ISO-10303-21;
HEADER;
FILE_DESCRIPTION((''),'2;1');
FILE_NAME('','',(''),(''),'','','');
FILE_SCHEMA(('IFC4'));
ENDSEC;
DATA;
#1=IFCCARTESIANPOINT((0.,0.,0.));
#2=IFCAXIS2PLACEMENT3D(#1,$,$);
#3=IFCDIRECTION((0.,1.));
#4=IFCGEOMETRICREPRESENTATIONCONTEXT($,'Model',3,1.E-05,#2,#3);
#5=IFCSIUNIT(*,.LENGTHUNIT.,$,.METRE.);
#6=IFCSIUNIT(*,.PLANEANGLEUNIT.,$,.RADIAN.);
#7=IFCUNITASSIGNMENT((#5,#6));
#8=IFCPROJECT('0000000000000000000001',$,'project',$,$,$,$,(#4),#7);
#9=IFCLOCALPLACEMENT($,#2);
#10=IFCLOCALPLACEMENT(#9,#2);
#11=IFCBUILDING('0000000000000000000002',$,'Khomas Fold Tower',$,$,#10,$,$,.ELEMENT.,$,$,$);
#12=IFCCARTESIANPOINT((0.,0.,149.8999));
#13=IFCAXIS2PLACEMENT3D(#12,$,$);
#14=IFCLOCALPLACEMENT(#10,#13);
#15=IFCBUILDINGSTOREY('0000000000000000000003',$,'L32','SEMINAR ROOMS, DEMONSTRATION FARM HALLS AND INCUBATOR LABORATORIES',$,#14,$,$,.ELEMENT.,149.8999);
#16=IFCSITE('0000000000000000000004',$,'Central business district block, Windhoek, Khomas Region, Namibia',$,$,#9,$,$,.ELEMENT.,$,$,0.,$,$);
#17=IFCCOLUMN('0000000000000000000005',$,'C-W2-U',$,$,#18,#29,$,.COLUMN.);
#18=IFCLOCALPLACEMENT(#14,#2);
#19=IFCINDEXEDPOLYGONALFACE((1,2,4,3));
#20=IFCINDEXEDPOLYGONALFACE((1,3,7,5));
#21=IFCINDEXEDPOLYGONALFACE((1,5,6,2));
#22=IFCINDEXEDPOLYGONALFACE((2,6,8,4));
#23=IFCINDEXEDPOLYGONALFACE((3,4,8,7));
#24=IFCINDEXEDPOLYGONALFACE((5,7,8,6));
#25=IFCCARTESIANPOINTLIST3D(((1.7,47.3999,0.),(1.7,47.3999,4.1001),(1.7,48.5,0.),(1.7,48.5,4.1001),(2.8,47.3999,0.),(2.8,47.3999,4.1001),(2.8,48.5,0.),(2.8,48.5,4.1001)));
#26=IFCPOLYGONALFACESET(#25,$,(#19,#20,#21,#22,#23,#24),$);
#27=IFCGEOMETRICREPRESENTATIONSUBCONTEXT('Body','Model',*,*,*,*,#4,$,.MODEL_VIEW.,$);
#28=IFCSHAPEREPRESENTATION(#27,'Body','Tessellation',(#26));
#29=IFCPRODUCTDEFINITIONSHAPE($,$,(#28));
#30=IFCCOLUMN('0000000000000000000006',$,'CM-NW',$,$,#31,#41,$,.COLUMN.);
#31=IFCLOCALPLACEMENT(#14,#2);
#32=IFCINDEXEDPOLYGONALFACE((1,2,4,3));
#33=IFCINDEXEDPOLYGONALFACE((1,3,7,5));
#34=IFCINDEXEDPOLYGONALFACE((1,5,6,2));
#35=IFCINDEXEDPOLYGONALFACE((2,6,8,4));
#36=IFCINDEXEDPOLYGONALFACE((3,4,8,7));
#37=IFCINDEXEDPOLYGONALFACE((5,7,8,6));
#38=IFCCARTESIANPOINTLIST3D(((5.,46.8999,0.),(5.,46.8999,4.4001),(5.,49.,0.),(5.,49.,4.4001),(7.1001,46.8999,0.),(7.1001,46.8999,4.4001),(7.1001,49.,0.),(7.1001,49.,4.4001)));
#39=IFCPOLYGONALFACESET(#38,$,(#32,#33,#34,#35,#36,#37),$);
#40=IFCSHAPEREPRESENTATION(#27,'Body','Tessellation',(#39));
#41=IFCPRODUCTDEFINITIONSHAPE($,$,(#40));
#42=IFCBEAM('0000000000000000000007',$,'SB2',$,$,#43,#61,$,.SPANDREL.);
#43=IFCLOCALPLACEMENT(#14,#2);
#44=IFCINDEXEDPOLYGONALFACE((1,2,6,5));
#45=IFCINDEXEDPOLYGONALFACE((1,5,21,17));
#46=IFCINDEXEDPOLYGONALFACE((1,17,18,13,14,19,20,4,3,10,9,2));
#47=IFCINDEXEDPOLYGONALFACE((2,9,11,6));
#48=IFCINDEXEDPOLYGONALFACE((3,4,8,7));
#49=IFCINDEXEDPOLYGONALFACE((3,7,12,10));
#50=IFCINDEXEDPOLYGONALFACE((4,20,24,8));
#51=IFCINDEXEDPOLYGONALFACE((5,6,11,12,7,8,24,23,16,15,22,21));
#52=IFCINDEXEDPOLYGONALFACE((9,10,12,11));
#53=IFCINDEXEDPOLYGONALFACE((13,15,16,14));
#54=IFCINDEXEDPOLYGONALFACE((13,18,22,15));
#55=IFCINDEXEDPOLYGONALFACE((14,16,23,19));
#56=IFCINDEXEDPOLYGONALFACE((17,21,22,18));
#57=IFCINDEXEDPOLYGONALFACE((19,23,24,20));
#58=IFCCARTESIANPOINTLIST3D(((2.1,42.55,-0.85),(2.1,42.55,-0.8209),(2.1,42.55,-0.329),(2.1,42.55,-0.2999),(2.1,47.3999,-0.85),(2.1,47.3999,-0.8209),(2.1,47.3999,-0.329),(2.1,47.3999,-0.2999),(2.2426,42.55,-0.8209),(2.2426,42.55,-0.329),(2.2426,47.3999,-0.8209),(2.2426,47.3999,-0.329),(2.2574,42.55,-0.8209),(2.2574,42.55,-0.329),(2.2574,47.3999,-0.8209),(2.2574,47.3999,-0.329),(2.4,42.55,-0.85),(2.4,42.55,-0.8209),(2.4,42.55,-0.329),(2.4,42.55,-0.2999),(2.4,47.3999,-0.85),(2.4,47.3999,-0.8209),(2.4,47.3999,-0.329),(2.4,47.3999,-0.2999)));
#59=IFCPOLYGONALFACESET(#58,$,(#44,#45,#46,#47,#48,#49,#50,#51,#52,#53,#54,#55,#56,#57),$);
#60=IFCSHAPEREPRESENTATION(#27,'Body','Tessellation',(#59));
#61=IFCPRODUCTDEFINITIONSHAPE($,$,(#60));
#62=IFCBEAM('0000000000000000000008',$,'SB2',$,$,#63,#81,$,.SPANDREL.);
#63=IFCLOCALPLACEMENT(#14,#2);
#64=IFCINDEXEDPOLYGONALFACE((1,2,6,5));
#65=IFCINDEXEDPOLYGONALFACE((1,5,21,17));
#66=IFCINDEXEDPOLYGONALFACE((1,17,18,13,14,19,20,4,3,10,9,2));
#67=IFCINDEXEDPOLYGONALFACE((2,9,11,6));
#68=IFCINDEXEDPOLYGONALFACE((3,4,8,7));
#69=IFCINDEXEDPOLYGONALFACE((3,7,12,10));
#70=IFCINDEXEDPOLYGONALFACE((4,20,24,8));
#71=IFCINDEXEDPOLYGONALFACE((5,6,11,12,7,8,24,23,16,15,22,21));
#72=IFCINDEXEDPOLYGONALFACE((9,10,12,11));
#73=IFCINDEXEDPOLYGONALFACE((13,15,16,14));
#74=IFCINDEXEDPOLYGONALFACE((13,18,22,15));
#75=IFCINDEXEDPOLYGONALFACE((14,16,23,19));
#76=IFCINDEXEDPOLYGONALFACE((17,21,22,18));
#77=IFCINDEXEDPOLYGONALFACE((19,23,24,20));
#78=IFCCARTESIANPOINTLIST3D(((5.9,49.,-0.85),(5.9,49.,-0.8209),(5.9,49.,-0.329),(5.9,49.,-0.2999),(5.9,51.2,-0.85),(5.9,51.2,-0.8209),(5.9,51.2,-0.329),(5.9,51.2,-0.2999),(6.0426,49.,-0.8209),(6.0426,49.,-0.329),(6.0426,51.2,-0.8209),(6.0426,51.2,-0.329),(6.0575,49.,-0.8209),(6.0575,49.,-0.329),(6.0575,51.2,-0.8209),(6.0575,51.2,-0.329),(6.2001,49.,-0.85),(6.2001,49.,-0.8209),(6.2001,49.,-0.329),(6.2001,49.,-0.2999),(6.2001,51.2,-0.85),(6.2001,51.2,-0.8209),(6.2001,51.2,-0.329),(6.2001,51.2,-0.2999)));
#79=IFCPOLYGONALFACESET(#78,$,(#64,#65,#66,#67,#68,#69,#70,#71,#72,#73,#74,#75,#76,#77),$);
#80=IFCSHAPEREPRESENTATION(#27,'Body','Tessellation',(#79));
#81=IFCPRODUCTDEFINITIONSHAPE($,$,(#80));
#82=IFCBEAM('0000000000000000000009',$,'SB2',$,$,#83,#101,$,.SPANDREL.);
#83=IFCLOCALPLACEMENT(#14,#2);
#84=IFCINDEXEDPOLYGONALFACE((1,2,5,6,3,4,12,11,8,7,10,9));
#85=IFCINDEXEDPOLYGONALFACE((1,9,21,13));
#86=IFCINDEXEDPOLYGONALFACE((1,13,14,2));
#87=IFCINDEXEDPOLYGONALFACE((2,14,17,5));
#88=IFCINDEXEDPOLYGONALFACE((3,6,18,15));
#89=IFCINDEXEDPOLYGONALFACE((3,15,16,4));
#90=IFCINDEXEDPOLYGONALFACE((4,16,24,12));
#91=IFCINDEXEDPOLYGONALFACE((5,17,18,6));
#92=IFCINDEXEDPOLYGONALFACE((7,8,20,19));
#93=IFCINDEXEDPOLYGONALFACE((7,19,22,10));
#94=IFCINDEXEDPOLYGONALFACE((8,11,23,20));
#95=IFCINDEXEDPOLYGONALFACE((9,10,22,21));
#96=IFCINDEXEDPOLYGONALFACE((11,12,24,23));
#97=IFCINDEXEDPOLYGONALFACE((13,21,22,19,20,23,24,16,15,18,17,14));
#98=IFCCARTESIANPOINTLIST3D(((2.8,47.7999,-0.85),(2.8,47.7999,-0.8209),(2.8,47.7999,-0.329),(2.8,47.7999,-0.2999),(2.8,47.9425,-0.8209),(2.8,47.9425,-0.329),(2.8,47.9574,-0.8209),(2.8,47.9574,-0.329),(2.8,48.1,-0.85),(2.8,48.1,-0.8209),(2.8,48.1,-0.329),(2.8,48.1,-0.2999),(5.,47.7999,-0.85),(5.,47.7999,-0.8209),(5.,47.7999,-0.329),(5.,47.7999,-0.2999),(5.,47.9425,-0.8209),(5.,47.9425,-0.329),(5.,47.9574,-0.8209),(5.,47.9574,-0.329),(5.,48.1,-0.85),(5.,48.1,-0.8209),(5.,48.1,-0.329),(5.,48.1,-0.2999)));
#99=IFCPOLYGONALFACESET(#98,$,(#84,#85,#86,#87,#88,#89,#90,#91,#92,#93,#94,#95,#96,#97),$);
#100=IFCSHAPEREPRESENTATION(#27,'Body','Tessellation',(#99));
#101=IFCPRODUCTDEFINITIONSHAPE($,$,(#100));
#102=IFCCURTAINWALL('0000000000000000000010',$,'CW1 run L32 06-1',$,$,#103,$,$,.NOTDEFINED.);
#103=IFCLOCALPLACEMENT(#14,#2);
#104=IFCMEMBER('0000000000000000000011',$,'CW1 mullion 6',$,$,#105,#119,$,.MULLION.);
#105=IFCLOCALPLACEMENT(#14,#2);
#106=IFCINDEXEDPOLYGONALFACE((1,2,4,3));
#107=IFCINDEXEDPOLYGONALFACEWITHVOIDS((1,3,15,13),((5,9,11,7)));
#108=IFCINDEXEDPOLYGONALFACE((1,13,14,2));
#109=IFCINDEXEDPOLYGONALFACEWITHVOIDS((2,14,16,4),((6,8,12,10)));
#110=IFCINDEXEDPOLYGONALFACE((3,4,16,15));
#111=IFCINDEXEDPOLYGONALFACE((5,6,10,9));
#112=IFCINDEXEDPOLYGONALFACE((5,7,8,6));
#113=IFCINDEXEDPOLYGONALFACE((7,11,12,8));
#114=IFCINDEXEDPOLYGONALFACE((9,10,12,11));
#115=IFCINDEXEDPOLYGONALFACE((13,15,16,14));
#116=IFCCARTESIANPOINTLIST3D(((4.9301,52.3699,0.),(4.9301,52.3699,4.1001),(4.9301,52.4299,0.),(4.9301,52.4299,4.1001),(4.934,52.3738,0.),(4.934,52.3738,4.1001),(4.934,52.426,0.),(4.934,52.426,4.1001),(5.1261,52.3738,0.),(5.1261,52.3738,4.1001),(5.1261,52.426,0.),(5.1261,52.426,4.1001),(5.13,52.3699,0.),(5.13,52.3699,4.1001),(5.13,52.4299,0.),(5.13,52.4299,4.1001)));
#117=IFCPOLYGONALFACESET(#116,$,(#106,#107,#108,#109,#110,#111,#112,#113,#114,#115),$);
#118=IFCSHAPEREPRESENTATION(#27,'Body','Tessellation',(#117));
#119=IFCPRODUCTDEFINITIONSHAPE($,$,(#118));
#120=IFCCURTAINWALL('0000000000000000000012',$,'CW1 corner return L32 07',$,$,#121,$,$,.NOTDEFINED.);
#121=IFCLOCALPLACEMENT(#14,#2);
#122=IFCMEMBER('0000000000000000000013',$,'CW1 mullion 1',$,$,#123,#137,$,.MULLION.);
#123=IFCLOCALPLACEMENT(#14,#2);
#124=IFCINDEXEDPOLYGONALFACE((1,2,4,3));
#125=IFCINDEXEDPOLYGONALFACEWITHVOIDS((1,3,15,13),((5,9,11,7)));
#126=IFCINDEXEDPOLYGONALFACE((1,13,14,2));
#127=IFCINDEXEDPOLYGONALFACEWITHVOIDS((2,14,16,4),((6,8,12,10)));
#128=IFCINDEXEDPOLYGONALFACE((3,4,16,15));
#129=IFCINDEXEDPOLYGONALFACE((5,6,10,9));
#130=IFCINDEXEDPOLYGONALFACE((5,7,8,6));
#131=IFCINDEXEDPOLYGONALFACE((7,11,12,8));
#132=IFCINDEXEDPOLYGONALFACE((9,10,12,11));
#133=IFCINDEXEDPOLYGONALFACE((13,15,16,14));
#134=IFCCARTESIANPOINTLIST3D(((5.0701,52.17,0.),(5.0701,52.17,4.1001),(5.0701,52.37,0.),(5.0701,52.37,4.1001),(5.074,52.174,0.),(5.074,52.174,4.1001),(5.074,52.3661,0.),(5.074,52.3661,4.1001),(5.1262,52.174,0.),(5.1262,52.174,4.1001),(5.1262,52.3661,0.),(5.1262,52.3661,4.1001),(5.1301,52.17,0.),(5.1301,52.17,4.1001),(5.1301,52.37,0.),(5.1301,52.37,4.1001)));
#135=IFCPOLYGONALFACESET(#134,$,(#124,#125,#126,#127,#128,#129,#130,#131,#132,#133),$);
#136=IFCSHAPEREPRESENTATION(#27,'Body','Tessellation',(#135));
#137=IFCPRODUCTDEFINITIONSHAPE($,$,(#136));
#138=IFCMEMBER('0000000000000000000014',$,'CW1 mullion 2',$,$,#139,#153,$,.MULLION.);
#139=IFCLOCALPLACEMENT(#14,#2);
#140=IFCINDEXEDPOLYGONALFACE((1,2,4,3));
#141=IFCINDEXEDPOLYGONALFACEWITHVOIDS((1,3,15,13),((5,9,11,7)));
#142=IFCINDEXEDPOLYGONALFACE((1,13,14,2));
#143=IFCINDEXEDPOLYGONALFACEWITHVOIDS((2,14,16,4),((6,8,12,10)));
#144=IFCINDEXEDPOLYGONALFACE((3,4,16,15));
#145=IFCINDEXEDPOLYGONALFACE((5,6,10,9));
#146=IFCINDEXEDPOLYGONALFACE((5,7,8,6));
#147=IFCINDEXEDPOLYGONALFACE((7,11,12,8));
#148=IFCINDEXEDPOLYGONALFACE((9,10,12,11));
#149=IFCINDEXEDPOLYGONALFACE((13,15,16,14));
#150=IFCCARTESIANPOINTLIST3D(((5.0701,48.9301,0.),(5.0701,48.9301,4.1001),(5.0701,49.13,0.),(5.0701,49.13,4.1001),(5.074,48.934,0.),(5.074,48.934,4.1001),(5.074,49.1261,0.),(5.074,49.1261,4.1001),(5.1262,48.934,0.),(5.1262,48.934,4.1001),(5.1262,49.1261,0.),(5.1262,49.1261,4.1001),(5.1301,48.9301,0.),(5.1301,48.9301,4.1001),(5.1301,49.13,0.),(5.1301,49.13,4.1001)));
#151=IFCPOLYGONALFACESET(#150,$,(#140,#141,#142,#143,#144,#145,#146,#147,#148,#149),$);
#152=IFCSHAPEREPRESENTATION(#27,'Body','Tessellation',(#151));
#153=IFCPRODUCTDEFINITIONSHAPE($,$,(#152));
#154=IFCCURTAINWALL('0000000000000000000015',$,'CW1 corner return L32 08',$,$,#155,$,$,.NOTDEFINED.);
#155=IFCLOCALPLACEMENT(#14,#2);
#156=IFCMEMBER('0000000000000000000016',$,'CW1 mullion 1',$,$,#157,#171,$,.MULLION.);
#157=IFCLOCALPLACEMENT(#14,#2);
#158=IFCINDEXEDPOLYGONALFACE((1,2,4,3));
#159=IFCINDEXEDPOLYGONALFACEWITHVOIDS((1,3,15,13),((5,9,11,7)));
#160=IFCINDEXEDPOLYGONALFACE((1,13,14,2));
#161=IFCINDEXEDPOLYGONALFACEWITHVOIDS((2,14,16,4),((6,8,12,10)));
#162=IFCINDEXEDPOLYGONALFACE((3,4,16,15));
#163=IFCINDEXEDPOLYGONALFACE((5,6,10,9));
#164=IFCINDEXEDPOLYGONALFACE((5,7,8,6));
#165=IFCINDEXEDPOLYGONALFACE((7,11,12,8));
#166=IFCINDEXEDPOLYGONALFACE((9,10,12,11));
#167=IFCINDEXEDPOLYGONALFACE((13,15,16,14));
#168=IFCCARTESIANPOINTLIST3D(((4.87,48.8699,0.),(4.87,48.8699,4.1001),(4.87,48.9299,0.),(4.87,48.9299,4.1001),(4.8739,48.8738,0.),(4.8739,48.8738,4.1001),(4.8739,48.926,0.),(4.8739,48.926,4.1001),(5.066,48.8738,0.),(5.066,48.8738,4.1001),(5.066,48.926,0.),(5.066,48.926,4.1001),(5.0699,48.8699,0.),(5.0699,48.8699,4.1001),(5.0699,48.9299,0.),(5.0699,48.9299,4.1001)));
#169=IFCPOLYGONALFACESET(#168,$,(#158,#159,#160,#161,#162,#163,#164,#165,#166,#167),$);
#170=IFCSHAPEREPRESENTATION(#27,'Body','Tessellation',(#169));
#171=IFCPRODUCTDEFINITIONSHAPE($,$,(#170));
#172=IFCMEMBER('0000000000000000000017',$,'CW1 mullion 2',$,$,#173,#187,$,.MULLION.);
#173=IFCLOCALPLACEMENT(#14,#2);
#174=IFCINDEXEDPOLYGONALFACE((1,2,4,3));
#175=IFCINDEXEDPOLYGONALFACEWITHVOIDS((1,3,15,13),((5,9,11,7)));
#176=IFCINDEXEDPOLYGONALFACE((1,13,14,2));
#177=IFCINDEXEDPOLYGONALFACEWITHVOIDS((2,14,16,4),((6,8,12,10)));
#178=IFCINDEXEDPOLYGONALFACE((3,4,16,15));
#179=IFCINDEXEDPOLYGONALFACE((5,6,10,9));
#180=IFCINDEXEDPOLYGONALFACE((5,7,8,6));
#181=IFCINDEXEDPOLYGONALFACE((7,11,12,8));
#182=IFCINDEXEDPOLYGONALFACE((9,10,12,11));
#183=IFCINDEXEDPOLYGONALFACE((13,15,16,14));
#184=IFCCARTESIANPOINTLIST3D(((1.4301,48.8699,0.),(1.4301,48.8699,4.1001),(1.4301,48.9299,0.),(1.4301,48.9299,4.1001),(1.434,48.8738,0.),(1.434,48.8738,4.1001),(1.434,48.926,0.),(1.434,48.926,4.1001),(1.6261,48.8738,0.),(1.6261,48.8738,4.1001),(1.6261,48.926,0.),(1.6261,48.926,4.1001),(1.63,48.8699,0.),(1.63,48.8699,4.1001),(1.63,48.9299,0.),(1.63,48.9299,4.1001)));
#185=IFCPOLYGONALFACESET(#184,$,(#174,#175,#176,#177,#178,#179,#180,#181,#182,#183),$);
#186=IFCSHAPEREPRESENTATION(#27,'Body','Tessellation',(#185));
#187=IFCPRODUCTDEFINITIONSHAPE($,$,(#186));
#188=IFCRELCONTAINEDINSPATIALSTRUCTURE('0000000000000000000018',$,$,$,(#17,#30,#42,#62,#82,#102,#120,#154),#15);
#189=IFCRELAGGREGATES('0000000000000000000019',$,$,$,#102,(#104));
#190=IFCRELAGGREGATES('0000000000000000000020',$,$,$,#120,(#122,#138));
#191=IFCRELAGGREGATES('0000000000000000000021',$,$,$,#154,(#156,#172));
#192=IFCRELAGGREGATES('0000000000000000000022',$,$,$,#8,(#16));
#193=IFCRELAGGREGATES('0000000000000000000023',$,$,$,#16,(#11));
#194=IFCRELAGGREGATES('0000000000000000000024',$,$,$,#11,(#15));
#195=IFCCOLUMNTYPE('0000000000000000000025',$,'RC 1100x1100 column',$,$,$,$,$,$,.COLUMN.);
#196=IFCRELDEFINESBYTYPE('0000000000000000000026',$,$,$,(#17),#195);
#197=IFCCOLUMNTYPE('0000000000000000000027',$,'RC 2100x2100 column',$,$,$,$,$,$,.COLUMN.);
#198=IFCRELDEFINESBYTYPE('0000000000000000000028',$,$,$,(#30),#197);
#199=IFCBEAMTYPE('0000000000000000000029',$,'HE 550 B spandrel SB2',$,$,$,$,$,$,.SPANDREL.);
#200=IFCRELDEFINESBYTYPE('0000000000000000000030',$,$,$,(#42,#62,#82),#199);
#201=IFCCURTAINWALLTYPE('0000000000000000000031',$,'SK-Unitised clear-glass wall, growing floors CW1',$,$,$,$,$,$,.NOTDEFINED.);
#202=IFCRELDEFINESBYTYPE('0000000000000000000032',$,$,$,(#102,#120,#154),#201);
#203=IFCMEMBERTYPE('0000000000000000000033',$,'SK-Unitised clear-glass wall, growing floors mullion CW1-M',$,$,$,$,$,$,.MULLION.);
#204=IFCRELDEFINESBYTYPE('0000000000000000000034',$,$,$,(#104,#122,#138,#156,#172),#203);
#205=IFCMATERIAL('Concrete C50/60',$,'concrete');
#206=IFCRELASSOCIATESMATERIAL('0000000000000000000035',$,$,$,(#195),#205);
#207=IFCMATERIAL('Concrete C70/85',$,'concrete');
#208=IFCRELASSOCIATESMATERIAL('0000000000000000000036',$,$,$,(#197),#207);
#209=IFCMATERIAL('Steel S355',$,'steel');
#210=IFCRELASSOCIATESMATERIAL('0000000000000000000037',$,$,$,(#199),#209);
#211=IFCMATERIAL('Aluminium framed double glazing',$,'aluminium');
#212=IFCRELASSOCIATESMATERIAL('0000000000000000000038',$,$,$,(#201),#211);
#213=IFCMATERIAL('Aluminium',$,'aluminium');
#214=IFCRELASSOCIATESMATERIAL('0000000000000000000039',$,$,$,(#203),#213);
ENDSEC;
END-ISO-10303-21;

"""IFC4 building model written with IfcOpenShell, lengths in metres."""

from ifc_helpers import new_model, si_unit, direction, frame, origin, origin_2d, place, context, subcontext, project, spatial, rectangle, hollow_rectangle, i_section, extrude, source, transform, mapped, material, material_profile, profile_set, type_object, element, aggregate, save


model = new_model("IFC4")

# Units and contexts
model_context = context("Model", 3, precision=1e-05, world=origin(), true_north=direction((0.0, 1.0)))
body_context = subcontext(model_context, "Body", "Model", "MODEL_VIEW")
ifc_project = project(units=[si_unit("LENGTHUNIT", "METRE"), si_unit("PLANEANGLEUNIT", "RADIAN")], contexts=[model_context])

# Site, building, storey
site_placement = place(None, origin())
site = spatial("IfcSite", under=ifc_project, at=site_placement, Name="Central business district block, Windhoek, Khomas Region, Namibia", CompositionType="ELEMENT", RefElevation=0.0)
building_placement = place(site_placement, origin())
building = spatial("IfcBuilding", under=site, at=building_placement, Name="Khomas Fold Tower", CompositionType="ELEMENT")
storey_placement = place(building_placement, frame((0.0, 0.0, 149.8999)))
storey = spatial("IfcBuildingStorey", under=building, at=storey_placement, Name="L32", Description="SEMINAR ROOMS, DEMONSTRATION FARM HALLS AND INCUBATOR LABORATORIES", CompositionType="ELEMENT", Elevation=149.8999)

# Columns
ifc_material_1 = material(Name="Concrete C50/60", Category="concrete")
ifc_material_profile_1 = material_profile(ifc_material_1, rectangle(XDim=1.1001, YDim=1.1001, at=origin_2d()), Name="RC 1100x1100")
ifc_profile_set_1 = profile_set([ifc_material_profile_1], Name="Concrete C50/60")
column_type_1 = type_object("IfcColumnType", Name="RC 1100x1100 column", PredefinedType="COLUMN", material=ifc_profile_set_1)
shared_shape_1 = source(origin(), body_context, "Body", "SweptSolid", [
    extrude(rectangle(XDim=1.1001, YDim=1.1001, at=origin_2d()), origin(), (0.0, 0.0, 1.0), 4.1001),
])
column_1_placement = place(storey_placement, frame((2.25, 47.95, 0.0), z_axis=(0.0, 0.0, 1.0), x_axis=(1.0, 0.0, 0.0)))
element("IfcColumn", 1, at=column_1_placement, inside=storey, type_object=column_type_1, Name="C-W2-U", PredefinedType="COLUMN", context=body_context, shape_type="MappedRepresentation", body=[
    mapped(shared_shape_1, transform((0.0, 0.0, 0.0))),
])
ifc_material_2 = material(Name="Concrete C70/85", Category="concrete")
ifc_material_profile_2 = material_profile(ifc_material_2, rectangle(XDim=2.1001, YDim=2.1001, at=origin_2d()), Name="RC 2100x2100")
ifc_profile_set_2 = profile_set([ifc_material_profile_2], Name="Concrete C70/85")
column_type_2 = type_object("IfcColumnType", Name="RC 2100x2100 column", PredefinedType="COLUMN", material=ifc_profile_set_2)
shared_shape_2 = source(origin(), body_context, "Body", "SweptSolid", [
    extrude(rectangle(XDim=2.1001, YDim=2.1001, at=origin_2d()), origin(), (0.0, 0.0, 1.0), 4.4001),
])
column_2_placement = place(storey_placement, frame((6.05, 47.95, 0.0), z_axis=(0.0, 0.0, 1.0), x_axis=(1.0, 0.0, 0.0)))
element("IfcColumn", 2, at=column_2_placement, inside=storey, type_object=column_type_2, Name="CM-NW", PredefinedType="COLUMN", context=body_context, shape_type="MappedRepresentation", body=[
    mapped(shared_shape_2, transform((0.0, 0.0, 0.0))),
])

# Beams
ifc_material_3 = material(Name="Steel S355", Category="steel")
ifc_material_profile_3 = material_profile(ifc_material_3, i_section(OverallWidth=0.3, OverallDepth=0.55, WebThickness=0.0149, FlangeThickness=0.0291, at=origin_2d()), Name="HE 550 B")
ifc_profile_set_3 = profile_set([ifc_material_profile_3], Name="Steel S355")
beam_type = type_object("IfcBeamType", Name="HE 550 B spandrel SB2", PredefinedType="SPANDREL", material=ifc_profile_set_3)
shared_shape_3 = source(origin(), body_context, "Body", "SweptSolid", [
    extrude(i_section(OverallWidth=0.3, OverallDepth=0.55, WebThickness=0.0149, FlangeThickness=0.0291, at=origin_2d()), origin(), (0.0, 0.0, 1.0), 4.8499),
])
beam_placement = place(storey_placement, frame((2.25, 42.55, -0.575), z_axis=(0.0, 1.0, 0.0), x_axis=(-1.0, 0.0, 0.0)))
element("IfcBeam", 3, at=beam_placement, inside=storey, type_object=beam_type, Name="SB2", PredefinedType="SPANDREL", context=body_context, shape_type="MappedRepresentation", body=[
    mapped(shared_shape_3, transform((0.0, 0.0, 0.0))),
])
shared_shape_4 = source(origin(), body_context, "Body", "SweptSolid", [
    extrude(i_section(OverallWidth=0.3, OverallDepth=0.55, WebThickness=0.0149, FlangeThickness=0.0291, at=origin_2d()), origin(), (0.0, 0.0, 1.0), 2.2),
])
for number, where, z_axis, x_axis, name in (
    (4, (6.05, 49.0, -0.575), (0.0, 1.0, 0.0), (-1.0, 0.0, 0.0), "SB2"),
    (5, (2.8, 47.95, -0.575), (1.0, 0.0, 0.0), (0.0, 1.0, 0.0), "SB2"),
):
    element("IfcBeam", number, at=place(storey_placement, frame(where, z_axis=z_axis, x_axis=x_axis)), inside=storey, type_object=beam_type, Name=name, PredefinedType="SPANDREL", context=body_context, shape_type="MappedRepresentation", body=[
        mapped(shared_shape_4, transform((0.0, 0.0, 0.0))),
    ])

# Curtain wall, member
ifc_material_4 = material(Name="Aluminium framed double glazing", Category="aluminium")
curtain_wall_type = type_object("IfcCurtainWallType", Name="SK-Unitised clear-glass wall, growing floors CW1", PredefinedType="NOTDEFINED", material=ifc_material_4)
curtain_wall_1_placement = place(storey_placement, origin())
curtain_wall_1 = element("IfcCurtainWall", 6, at=curtain_wall_1_placement, inside=storey, type_object=curtain_wall_type, Name="CW1 run L32 06-1", PredefinedType="NOTDEFINED")
ifc_material_5 = material(Name="Aluminium", Category="aluminium")
ifc_material_profile_4 = material_profile(ifc_material_5, hollow_rectangle(XDim=0.0601, YDim=0.2, WallThickness=0.0039, at=origin_2d()), Name="SK-Unitised clear-glass wall, growing floors mullion CW1-M")
ifc_profile_set_4 = profile_set([ifc_material_profile_4], Name="Aluminium")
member_type_1 = type_object("IfcMemberType", Name="SK-Unitised clear-glass wall, growing floors mullion CW1-M", PredefinedType="MULLION", material=ifc_profile_set_4)
shared_shape_5 = source(origin(), body_context, "Body", "SweptSolid", [
    extrude(hollow_rectangle(XDim=0.0601, YDim=0.2, WallThickness=0.0039, at=origin_2d()), origin(), (0.0, 0.0, 1.0), 4.1001),
])
member_1_placement = place(storey_placement, frame((5.03, 52.3999, 0.0), z_axis=(0.0, 0.0, 1.0), x_axis=(0.0, -1.0, 0.0)))
member_1 = element("IfcMember", 7, at=member_1_placement, type_object=member_type_1, Name="CW1 mullion 6", PredefinedType="MULLION", context=body_context, shape_type="MappedRepresentation", body=[
    mapped(shared_shape_5, transform((0.0, 0.0, 0.0))),
])

# Curtain walls, members
curtain_wall_2_placement = place(storey_placement, origin())
curtain_wall_2 = element("IfcCurtainWall", 8, at=curtain_wall_2_placement, inside=storey, type_object=curtain_wall_type, Name="CW1 corner return L32 07", PredefinedType="NOTDEFINED")
member_2_placement = place(storey_placement, frame((5.1001, 52.27, 0.0), z_axis=(0.0, 0.0, 1.0), x_axis=(1.0, 0.0, 0.0)))
member_2 = element("IfcMember", 9, at=member_2_placement, type_object=member_type_1, Name="CW1 mullion 1", PredefinedType="MULLION", context=body_context, shape_type="MappedRepresentation", body=[
    mapped(shared_shape_5, transform((0.0, 0.0, 0.0))),
])
member_3_placement = place(storey_placement, frame((5.1001, 49.03, 0.0), z_axis=(0.0, 0.0, 1.0), x_axis=(1.0, 0.0, 0.0)))
member_3 = element("IfcMember", 10, at=member_3_placement, type_object=member_type_1, Name="CW1 mullion 2", PredefinedType="MULLION", context=body_context, shape_type="MappedRepresentation", body=[
    mapped(shared_shape_5, transform((0.0, 0.0, 0.0))),
])
curtain_wall_3_placement = place(storey_placement, origin())
curtain_wall_3 = element("IfcCurtainWall", 11, at=curtain_wall_3_placement, inside=storey, type_object=curtain_wall_type, Name="CW1 corner return L32 08", PredefinedType="NOTDEFINED")
member_4_placement = place(storey_placement, frame((4.97, 48.8999, 0.0), z_axis=(0.0, 0.0, 1.0), x_axis=(0.0, -1.0, 0.0)))
member_4 = element("IfcMember", 12, at=member_4_placement, type_object=member_type_1, Name="CW1 mullion 1", PredefinedType="MULLION", context=body_context, shape_type="MappedRepresentation", body=[
    mapped(shared_shape_5, transform((0.0, 0.0, 0.0))),
])
member_5_placement = place(storey_placement, frame((1.53, 48.8999, 0.0), z_axis=(0.0, 0.0, 1.0), x_axis=(0.0, -1.0, 0.0)))
member_5 = element("IfcMember", 13, at=member_5_placement, type_object=member_type_1, Name="CW1 mullion 2", PredefinedType="MULLION", context=body_context, shape_type="MappedRepresentation", body=[
    mapped(shared_shape_5, transform((0.0, 0.0, 0.0))),
])

aggregate(curtain_wall_1, [member_1])
aggregate(curtain_wall_2, [member_2, member_3])
aggregate(curtain_wall_3, [member_4, member_5])

save(model, "model.ifc")
